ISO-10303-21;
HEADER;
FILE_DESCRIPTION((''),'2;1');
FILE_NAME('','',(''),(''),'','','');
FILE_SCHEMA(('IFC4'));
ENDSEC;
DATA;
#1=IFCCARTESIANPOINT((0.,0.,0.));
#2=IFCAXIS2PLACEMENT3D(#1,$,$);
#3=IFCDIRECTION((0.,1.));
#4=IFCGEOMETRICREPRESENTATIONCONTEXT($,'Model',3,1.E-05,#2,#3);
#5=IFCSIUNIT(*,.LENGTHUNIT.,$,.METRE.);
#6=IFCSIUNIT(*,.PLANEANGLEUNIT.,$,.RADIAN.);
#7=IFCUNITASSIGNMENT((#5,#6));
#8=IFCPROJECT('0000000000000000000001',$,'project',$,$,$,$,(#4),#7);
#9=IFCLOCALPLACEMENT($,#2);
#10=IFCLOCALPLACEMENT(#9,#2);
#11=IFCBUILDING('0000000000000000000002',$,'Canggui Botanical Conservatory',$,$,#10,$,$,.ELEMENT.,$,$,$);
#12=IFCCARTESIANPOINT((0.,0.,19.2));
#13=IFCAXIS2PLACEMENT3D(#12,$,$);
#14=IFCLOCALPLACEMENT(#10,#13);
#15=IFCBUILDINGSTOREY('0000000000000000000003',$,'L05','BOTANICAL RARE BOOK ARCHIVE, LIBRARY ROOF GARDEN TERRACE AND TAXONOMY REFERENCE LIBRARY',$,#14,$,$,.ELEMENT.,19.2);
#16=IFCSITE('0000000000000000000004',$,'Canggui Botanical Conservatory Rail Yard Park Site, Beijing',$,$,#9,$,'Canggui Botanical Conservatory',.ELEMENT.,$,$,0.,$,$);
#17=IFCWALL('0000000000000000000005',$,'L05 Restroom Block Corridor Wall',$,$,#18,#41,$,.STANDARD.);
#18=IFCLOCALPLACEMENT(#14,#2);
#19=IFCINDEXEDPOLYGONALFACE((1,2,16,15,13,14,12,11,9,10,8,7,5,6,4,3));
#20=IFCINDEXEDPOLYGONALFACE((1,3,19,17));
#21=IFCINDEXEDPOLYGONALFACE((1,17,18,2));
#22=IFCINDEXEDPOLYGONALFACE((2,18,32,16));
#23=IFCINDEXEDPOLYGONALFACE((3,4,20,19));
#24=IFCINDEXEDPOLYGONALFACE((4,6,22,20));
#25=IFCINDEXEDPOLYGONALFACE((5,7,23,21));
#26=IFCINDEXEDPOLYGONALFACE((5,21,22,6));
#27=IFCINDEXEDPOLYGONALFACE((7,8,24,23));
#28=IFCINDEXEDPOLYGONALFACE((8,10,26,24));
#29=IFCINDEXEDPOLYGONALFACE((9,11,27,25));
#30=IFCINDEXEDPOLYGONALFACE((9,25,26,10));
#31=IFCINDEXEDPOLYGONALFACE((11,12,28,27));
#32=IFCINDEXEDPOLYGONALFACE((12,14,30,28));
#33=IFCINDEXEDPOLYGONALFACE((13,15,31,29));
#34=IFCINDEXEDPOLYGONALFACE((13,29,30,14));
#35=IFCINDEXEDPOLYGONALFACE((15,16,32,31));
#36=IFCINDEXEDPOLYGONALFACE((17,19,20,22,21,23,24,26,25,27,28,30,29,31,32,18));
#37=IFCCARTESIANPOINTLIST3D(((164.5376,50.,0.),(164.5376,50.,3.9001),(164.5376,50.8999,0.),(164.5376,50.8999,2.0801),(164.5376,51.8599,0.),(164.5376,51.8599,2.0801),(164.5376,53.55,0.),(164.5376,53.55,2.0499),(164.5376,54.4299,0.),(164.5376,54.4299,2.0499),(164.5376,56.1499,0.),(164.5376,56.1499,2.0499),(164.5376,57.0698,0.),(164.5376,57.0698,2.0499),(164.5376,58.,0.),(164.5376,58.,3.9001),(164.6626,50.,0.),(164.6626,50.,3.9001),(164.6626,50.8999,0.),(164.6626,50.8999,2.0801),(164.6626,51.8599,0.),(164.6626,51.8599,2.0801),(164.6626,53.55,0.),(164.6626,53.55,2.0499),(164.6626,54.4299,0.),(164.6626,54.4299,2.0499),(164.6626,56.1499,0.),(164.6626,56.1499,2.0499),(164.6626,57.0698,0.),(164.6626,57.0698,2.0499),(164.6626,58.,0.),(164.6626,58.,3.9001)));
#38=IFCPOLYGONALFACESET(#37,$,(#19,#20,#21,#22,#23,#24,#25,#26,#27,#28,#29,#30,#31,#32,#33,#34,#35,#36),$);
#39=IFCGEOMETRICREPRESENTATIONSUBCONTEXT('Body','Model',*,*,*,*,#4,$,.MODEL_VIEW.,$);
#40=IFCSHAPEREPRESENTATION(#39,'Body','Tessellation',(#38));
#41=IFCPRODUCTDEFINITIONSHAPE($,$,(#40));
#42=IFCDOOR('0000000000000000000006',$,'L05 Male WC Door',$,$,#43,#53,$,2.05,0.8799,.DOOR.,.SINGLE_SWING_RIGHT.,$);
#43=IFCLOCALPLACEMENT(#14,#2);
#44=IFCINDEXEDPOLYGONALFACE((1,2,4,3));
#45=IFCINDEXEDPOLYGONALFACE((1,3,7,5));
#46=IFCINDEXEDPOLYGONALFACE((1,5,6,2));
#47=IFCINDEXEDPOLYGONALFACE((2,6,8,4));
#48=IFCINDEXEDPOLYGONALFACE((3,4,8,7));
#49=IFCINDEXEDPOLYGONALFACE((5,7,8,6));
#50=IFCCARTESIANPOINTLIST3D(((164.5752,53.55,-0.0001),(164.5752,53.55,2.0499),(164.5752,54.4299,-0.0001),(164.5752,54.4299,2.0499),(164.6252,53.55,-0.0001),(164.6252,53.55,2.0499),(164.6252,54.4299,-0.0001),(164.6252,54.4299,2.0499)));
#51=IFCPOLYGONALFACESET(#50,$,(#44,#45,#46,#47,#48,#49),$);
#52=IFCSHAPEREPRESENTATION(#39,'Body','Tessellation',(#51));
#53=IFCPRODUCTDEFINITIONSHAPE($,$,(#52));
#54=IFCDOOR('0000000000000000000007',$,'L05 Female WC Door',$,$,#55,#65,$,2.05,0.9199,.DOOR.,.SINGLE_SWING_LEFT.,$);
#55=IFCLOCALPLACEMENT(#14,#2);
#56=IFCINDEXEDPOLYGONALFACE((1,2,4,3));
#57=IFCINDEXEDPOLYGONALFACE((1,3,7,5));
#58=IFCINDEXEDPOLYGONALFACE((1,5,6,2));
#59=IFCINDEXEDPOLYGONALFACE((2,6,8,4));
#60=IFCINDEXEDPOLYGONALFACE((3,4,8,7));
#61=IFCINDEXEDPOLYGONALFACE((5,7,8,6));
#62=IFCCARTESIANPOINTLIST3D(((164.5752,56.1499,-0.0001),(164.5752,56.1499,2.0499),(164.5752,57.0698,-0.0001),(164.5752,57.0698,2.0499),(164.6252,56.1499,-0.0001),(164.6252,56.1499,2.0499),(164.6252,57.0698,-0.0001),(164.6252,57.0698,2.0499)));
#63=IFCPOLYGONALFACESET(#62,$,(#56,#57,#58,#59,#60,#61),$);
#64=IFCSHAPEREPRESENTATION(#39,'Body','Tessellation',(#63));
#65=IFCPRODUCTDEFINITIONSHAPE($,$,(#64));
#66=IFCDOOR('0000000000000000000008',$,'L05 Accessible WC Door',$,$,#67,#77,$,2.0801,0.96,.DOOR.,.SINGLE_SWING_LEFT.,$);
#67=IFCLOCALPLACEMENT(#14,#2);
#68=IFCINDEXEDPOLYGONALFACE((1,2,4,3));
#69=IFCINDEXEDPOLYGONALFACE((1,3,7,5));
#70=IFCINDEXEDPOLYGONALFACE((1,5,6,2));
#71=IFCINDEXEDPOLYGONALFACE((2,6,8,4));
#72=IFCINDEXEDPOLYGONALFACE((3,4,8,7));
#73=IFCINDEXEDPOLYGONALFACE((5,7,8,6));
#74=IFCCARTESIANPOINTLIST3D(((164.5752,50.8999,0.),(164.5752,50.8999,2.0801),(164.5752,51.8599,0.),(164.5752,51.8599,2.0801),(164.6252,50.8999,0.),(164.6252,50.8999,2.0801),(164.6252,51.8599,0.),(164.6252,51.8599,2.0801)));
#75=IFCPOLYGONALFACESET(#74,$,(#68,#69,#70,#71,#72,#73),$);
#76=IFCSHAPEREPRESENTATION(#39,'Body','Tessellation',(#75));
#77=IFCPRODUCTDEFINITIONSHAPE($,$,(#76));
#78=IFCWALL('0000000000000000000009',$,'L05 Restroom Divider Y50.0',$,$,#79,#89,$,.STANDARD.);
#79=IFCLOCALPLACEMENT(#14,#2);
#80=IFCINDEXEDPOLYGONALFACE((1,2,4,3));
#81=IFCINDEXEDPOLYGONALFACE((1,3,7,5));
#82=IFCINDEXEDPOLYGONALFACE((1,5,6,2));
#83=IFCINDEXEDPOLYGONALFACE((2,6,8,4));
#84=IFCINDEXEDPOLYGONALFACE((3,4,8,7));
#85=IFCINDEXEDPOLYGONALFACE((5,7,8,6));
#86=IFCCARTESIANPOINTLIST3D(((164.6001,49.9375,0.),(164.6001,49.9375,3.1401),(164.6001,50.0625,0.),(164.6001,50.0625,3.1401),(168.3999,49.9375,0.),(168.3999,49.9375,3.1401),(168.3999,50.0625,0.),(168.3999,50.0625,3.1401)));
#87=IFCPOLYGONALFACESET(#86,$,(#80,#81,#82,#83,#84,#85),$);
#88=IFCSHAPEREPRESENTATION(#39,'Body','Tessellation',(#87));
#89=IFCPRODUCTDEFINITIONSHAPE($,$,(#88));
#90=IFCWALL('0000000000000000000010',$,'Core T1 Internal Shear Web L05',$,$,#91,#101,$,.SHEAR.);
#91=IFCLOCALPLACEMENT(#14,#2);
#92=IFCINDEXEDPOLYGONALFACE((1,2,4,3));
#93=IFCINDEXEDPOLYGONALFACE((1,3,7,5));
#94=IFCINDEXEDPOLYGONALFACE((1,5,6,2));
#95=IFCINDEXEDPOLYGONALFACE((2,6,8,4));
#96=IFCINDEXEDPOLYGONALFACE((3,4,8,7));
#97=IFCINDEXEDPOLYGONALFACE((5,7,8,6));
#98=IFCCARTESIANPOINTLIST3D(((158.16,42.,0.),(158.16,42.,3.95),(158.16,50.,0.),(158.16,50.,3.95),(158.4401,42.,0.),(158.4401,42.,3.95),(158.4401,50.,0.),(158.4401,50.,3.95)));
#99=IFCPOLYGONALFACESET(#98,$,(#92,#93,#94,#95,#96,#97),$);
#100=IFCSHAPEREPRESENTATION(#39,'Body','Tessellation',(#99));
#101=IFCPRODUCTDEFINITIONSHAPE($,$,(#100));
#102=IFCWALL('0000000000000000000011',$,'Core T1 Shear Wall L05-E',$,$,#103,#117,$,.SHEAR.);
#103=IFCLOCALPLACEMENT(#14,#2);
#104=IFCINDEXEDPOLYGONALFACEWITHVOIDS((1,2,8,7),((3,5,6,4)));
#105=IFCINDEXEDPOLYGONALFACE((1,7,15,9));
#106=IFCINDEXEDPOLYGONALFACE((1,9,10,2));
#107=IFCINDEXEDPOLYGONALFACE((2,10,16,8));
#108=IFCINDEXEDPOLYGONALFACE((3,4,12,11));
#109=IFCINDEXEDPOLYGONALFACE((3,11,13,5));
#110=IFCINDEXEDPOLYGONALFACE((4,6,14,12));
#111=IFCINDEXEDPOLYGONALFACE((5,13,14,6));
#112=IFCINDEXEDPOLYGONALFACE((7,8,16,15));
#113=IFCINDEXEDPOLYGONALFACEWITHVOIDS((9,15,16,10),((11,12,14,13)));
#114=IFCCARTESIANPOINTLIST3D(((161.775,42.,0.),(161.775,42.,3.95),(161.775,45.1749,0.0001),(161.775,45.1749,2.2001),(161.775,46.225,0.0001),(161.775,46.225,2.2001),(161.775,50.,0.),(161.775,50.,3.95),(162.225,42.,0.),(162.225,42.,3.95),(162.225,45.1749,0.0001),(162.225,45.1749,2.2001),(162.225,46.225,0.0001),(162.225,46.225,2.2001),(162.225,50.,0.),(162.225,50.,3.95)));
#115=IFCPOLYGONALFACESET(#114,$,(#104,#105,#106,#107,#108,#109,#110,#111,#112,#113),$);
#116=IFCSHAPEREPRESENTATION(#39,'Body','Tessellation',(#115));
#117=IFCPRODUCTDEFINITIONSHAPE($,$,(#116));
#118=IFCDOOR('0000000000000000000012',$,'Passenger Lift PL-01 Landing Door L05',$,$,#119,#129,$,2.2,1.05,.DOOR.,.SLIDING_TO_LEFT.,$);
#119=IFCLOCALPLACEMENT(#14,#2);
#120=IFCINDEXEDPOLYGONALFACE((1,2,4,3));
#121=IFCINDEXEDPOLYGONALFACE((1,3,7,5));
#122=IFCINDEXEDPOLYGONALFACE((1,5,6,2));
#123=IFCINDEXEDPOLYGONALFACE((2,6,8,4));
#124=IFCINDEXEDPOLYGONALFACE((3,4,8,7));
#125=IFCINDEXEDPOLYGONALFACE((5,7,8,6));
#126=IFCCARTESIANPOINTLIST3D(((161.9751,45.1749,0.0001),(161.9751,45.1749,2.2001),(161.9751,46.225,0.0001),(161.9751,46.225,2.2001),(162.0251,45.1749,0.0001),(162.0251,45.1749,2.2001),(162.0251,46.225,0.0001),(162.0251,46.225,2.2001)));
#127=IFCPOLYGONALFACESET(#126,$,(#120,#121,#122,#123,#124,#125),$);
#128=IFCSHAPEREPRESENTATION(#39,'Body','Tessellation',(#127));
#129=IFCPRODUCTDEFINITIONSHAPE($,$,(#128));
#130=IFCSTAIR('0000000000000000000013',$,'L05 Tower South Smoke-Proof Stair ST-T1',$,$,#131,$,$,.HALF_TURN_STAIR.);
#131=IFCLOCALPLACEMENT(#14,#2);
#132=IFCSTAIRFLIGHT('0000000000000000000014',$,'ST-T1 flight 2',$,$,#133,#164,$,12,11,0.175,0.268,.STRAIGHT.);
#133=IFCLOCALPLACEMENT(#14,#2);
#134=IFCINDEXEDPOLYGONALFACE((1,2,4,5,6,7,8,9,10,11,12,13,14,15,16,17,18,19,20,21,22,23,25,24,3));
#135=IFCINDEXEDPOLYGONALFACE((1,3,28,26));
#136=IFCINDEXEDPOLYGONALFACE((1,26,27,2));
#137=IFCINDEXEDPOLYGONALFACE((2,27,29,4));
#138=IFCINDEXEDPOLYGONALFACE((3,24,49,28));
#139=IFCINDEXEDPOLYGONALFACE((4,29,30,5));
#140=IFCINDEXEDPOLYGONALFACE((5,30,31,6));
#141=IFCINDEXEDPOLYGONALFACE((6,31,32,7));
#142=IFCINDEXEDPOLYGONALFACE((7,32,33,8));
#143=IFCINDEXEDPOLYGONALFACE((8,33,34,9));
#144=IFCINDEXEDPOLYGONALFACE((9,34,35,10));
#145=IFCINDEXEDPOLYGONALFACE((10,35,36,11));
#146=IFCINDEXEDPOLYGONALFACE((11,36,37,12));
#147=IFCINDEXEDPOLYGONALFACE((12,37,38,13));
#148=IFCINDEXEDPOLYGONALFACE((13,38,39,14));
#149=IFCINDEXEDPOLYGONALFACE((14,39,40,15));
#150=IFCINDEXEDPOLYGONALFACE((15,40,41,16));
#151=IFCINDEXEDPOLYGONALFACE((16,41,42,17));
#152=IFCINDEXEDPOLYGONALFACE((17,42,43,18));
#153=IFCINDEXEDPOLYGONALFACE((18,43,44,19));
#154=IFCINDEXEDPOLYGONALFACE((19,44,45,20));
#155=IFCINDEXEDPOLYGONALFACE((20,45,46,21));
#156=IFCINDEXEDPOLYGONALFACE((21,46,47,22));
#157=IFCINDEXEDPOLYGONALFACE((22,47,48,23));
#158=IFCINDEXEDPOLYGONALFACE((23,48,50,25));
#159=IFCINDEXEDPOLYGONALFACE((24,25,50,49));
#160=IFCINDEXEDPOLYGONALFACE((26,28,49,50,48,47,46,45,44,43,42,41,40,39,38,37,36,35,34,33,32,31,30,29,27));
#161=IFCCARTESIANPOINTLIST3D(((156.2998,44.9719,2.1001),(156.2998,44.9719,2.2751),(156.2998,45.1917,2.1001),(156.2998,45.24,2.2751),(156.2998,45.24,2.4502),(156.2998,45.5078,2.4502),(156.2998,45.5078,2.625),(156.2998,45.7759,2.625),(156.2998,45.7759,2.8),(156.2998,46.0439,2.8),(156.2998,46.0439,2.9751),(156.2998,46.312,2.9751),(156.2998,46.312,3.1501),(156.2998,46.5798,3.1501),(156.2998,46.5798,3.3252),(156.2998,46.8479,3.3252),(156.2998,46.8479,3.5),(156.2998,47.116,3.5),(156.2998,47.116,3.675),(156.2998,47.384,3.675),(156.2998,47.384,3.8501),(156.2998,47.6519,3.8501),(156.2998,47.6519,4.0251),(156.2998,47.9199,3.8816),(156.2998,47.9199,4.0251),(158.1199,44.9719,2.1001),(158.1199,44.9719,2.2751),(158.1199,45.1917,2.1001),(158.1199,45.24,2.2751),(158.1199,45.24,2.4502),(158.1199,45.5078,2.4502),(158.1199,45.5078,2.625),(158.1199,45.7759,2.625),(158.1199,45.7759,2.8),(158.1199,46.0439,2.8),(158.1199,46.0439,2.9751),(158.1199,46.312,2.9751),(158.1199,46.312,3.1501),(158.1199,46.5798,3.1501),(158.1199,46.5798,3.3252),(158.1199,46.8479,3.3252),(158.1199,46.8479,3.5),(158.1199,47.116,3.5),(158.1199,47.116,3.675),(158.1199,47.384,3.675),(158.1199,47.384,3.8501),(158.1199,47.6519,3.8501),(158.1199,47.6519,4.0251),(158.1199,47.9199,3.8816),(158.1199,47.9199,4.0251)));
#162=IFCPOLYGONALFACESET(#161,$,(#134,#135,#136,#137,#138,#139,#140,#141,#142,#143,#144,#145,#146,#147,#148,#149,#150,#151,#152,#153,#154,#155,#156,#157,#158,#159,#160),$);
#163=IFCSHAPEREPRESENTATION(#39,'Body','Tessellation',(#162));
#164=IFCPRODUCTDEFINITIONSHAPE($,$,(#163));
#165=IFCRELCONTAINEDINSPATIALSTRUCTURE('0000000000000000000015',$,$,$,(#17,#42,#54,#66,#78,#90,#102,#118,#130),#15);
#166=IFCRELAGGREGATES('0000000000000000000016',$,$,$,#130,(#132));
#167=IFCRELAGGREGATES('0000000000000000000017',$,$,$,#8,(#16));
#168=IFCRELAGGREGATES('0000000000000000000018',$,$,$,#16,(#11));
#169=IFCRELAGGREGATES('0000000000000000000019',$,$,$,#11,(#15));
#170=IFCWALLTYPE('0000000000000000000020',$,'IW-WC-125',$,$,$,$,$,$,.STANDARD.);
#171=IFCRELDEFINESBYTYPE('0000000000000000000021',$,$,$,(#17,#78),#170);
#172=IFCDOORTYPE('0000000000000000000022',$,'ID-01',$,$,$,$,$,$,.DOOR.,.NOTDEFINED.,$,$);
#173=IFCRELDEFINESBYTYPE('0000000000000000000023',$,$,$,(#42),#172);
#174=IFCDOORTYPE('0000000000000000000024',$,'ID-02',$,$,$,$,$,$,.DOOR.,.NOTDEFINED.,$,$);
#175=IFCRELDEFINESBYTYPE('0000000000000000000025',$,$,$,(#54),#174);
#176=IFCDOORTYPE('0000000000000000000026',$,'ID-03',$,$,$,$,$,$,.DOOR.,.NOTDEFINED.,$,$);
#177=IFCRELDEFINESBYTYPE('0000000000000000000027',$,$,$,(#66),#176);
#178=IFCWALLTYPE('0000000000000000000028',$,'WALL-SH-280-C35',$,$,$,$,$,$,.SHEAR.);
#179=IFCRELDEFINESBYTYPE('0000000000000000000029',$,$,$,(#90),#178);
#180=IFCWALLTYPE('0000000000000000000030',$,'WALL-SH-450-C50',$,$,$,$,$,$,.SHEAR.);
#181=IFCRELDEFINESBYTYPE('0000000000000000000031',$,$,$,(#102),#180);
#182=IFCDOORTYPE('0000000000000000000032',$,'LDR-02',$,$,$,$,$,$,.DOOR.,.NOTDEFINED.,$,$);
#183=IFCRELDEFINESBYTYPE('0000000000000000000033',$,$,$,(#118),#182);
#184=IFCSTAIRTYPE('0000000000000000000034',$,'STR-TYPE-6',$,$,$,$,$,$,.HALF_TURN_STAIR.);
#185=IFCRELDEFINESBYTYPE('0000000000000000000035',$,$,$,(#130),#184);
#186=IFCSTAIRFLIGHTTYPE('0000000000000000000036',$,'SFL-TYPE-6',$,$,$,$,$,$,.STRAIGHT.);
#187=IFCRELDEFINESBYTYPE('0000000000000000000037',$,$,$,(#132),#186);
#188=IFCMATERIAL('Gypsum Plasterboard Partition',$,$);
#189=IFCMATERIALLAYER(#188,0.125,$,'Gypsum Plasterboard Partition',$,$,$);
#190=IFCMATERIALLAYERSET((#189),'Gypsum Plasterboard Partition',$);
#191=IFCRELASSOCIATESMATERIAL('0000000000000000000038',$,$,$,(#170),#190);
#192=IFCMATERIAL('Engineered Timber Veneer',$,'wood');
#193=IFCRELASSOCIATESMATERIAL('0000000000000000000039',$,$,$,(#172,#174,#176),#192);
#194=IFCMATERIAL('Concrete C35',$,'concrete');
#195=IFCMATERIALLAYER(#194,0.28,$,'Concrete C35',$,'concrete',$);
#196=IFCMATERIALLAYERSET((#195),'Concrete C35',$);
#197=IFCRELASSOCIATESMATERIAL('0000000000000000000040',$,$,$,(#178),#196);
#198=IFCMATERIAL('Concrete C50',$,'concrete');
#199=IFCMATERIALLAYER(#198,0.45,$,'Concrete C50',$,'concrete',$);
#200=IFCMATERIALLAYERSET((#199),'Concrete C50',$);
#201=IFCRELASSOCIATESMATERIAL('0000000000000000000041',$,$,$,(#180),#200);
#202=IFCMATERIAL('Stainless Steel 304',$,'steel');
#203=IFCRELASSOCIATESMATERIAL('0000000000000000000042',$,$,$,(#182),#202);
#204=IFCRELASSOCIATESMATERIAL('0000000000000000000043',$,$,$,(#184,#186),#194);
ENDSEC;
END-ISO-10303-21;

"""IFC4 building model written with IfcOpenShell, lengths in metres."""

from ifc_helpers import new_model, si_unit, direction, frame, frame_2d, origin, place, context, subcontext, project, spatial, polyline, rectangle, outline, extrude, material, layer, layer_set, type_object, element, fill, aggregate, save


model = new_model("IFC4")

# Units and contexts
model_context = context("Model", 3, precision=1e-05, world=origin(), true_north=direction((0.0, 1.0)))
body_context = subcontext(model_context, "Body", "Model", "MODEL_VIEW")
ifc_project = project(units=[si_unit("LENGTHUNIT", "METRE"), si_unit("PLANEANGLEUNIT", "RADIAN")], contexts=[model_context])

# Site, building, storey
site_placement = place(None, origin())
site = spatial("IfcSite", under=ifc_project, at=site_placement, Name="Canggui Botanical Conservatory Rail Yard Park Site, Beijing", LongName="Canggui Botanical Conservatory", CompositionType="ELEMENT", RefElevation=0.0)
building_placement = place(site_placement, origin())
building = spatial("IfcBuilding", under=site, at=building_placement, Name="Canggui Botanical Conservatory", CompositionType="ELEMENT")
storey_placement = place(building_placement, frame((0.0, 0.0, 19.2)))
storey = spatial("IfcBuildingStorey", under=building, at=storey_placement, Name="L05", Description="BOTANICAL RARE BOOK ARCHIVE, LIBRARY ROOF GARDEN TERRACE AND TAXONOMY REFERENCE LIBRARY", CompositionType="ELEMENT", Elevation=19.2)

# Shared definitions
ifc_material_1 = material(Name="Concrete C35", Category="concrete")

# Shared definitions
ifc_material_2 = material(Name="Gypsum Plasterboard Partition")

# Wall, openings, doors
ifc_layer_1 = layer(ifc_material_2, 0.125, Name="Gypsum Plasterboard Partition")
ifc_layer_set_1 = layer_set([ifc_layer_1], Name="Gypsum Plasterboard Partition")
wall_type_1 = type_object("IfcWallType", Name="IW-WC-125", PredefinedType="STANDARD", material=ifc_layer_set_1)
wall_1_placement = place(storey_placement, frame((164.6001, 50.0, 0.0), z_axis=(0.0, 0.0, 1.0), x_axis=(0.0, 1.0, 0.0)))
wall_1 = element("IfcWall", 1, at=wall_1_placement, inside=storey, type_object=wall_type_1, Name="L05 Restroom Block Corridor Wall", PredefinedType="STANDARD", context=body_context, shape_type="SweptSolid", body=[
    extrude(rectangle(XDim=8.0, YDim=0.125, at=frame_2d((4.0, 0.0))), origin(), (0.0, 0.0, 1.0), 3.9001),
])
opening_1_placement = place(wall_1_placement, frame((0.8999, 0.0, 0.0)))
opening_1 = element("IfcOpeningElement", 2, at=opening_1_placement, cuts=wall_1, PredefinedType="OPENING", context=body_context, shape_type="SweptSolid", body=[
    extrude(rectangle(XDim=0.96, YDim=2.0801, at=frame_2d((0.48, 1.04))), frame((0.0, 0.0725, 0.0), z_axis=(0.0, -1.0, 0.0), x_axis=(1.0, 0.0, 0.0)), (0.0, 0.0, 1.0), 0.145),
])
opening_2_placement = place(wall_1_placement, frame((3.55, 0.0, 0.0)))
opening_2 = element("IfcOpeningElement", 3, at=opening_2_placement, cuts=wall_1, PredefinedType="OPENING", context=body_context, shape_type="SweptSolid", body=[
    extrude(rectangle(XDim=0.8799, YDim=2.05, at=frame_2d((0.4399, 1.0249))), frame((0.0, 0.0725, 0.0), z_axis=(0.0, -1.0, 0.0), x_axis=(1.0, 0.0, 0.0)), (0.0, 0.0, 1.0), 0.145),
])
opening_3_placement = place(wall_1_placement, frame((6.1499, 0.0, 0.0)))
opening_3 = element("IfcOpeningElement", 4, at=opening_3_placement, cuts=wall_1, PredefinedType="OPENING", context=body_context, shape_type="SweptSolid", body=[
    extrude(rectangle(XDim=0.9199, YDim=2.05, at=frame_2d((0.46, 1.0249))), frame((0.0, 0.0725, 0.0), z_axis=(0.0, -1.0, 0.0), x_axis=(1.0, 0.0, 0.0)), (0.0, 0.0, 1.0), 0.145),
])
ifc_material_3 = material(Name="Engineered Timber Veneer", Category="wood")
door_type_1 = type_object("IfcDoorType", Name="ID-01", OperationType="NOTDEFINED", PredefinedType="DOOR", material=ifc_material_3)
door_1_placement = place(opening_2_placement, origin())
door_1 = element("IfcDoor", 5, at=door_1_placement, inside=storey, type_object=door_type_1, Name="L05 Male WC Door", OperationType="SINGLE_SWING_RIGHT", OverallHeight=2.05, OverallWidth=0.8799, PredefinedType="DOOR", context=body_context, shape_type="SweptSolid", body=[
    extrude(rectangle(XDim=0.8799, YDim=2.05, at=frame_2d((0.4399, 1.0249))), frame((0.0, 0.0249, 0.0), z_axis=(0.0, -1.0, 0.0), x_axis=(1.0, 0.0, 0.0)), (0.0, 0.0, 1.0), 0.05),
])
fill(opening_2, door_1)
door_type_2 = type_object("IfcDoorType", Name="ID-02", OperationType="NOTDEFINED", PredefinedType="DOOR", material=ifc_material_3)
door_2_placement = place(opening_3_placement, origin())
door_2 = element("IfcDoor", 6, at=door_2_placement, inside=storey, type_object=door_type_2, Name="L05 Female WC Door", OperationType="SINGLE_SWING_LEFT", OverallHeight=2.05, OverallWidth=0.9199, PredefinedType="DOOR", context=body_context, shape_type="SweptSolid", body=[
    extrude(rectangle(XDim=0.9199, YDim=2.05, at=frame_2d((0.46, 1.0249))), frame((0.0, 0.0249, 0.0), z_axis=(0.0, -1.0, 0.0), x_axis=(1.0, 0.0, 0.0)), (0.0, 0.0, 1.0), 0.05),
])
fill(opening_3, door_2)
door_type_3 = type_object("IfcDoorType", Name="ID-03", OperationType="NOTDEFINED", PredefinedType="DOOR", material=ifc_material_3)
door_3_placement = place(opening_1_placement, origin())
door_3 = element("IfcDoor", 7, at=door_3_placement, inside=storey, type_object=door_type_3, Name="L05 Accessible WC Door", OperationType="SINGLE_SWING_LEFT", OverallHeight=2.0801, OverallWidth=0.96, PredefinedType="DOOR", context=body_context, shape_type="SweptSolid", body=[
    extrude(rectangle(XDim=0.96, YDim=2.0801, at=frame_2d((0.48, 1.04))), frame((0.0, 0.0249, 0.0), z_axis=(0.0, -1.0, 0.0), x_axis=(1.0, 0.0, 0.0)), (0.0, 0.0, 1.0), 0.05),
])
fill(opening_1, door_3)

# Walls
wall_2_placement = place(storey_placement, frame((164.6001, 50.0, 0.0), z_axis=(0.0, 0.0, 1.0), x_axis=(1.0, 0.0, 0.0)))
element("IfcWall", 8, at=wall_2_placement, inside=storey, type_object=wall_type_1, Name="L05 Restroom Divider Y50.0", PredefinedType="STANDARD", context=body_context, shape_type="SweptSolid", body=[
    extrude(rectangle(XDim=3.7998, YDim=0.125, at=frame_2d((1.8999, 0.0))), origin(), (0.0, 0.0, 1.0), 3.1401),
])
ifc_layer_2 = layer(ifc_material_1, 0.28, Name="Concrete C35", Category="concrete")
ifc_layer_set_2 = layer_set([ifc_layer_2], Name="Concrete C35")
wall_type_2 = type_object("IfcWallType", Name="WALL-SH-280-C35", PredefinedType="SHEAR", material=ifc_layer_set_2)
wall_3_placement = place(storey_placement, frame((158.3, 42.0, 0.0), z_axis=(0.0, 0.0, 1.0), x_axis=(0.0, 1.0, 0.0)))
element("IfcWall", 9, at=wall_3_placement, inside=storey, type_object=wall_type_2, Name="Core T1 Internal Shear Web L05", PredefinedType="SHEAR", context=body_context, shape_type="SweptSolid", body=[
    extrude(rectangle(XDim=8.0, YDim=0.28, at=frame_2d((4.0, 0.0))), origin(), (0.0, 0.0, 1.0), 3.95),
])

# Wall, opening, door
ifc_material_4 = material(Name="Concrete C50", Category="concrete")
ifc_layer_3 = layer(ifc_material_4, 0.45, Name="Concrete C50", Category="concrete")
ifc_layer_set_3 = layer_set([ifc_layer_3], Name="Concrete C50")
wall_type_3 = type_object("IfcWallType", Name="WALL-SH-450-C50", PredefinedType="SHEAR", material=ifc_layer_set_3)
wall_4_placement = place(storey_placement, frame((162.0, 42.0, 0.0), z_axis=(0.0, 0.0, 1.0), x_axis=(0.0, 1.0, 0.0)))
wall_4 = element("IfcWall", 10, at=wall_4_placement, inside=storey, type_object=wall_type_3, Name="Core T1 Shear Wall L05-E", PredefinedType="SHEAR", context=body_context, shape_type="SweptSolid", body=[
    extrude(rectangle(XDim=8.0, YDim=0.45, at=frame_2d((4.0, 0.0))), origin(), (0.0, 0.0, 1.0), 3.95),
])
opening_4_placement = place(wall_4_placement, frame((3.175, 0.0, 0.0)))
opening_4 = element("IfcOpeningElement", 11, at=opening_4_placement, cuts=wall_4, PredefinedType="OPENING", context=body_context, shape_type="SweptSolid", body=[
    extrude(rectangle(XDim=1.05, YDim=2.2, at=frame_2d((0.5249, 1.1001))), frame((0.0, 0.2349, 0.0), z_axis=(0.0, -1.0, 0.0), x_axis=(1.0, 0.0, 0.0)), (0.0, 0.0, 1.0), 0.47),
])
ifc_material_5 = material(Name="Stainless Steel 304", Category="steel")
door_type_4 = type_object("IfcDoorType", Name="LDR-02", OperationType="NOTDEFINED", PredefinedType="DOOR", material=ifc_material_5)
door_4_placement = place(opening_4_placement, origin())
door_4 = element("IfcDoor", 12, at=door_4_placement, inside=storey, type_object=door_type_4, Name="Passenger Lift PL-01 Landing Door L05", OperationType="SLIDING_TO_LEFT", OverallHeight=2.2, OverallWidth=1.05, PredefinedType="DOOR", context=body_context, shape_type="SweptSolid", body=[
    extrude(rectangle(XDim=1.05, YDim=2.2, at=frame_2d((0.5249, 1.1001))), frame((0.0, 0.0249, 0.0), z_axis=(0.0, -1.0, 0.0), x_axis=(1.0, 0.0, 0.0)), (0.0, 0.0, 1.0), 0.05),
])
fill(opening_4, door_4)

# Stair, stair flight
stair_type = type_object("IfcStairType", Name="STR-TYPE-6", PredefinedType="HALF_TURN_STAIR", material=ifc_material_1)
stair_placement = place(storey_placement, origin())
stair = element("IfcStair", 13, at=stair_placement, inside=storey, type_object=stair_type, Name="L05 Tower South Smoke-Proof Stair ST-T1", PredefinedType="HALF_TURN_STAIR")
stair_flight_type = type_object("IfcStairFlightType", Name="SFL-TYPE-6", PredefinedType="STRAIGHT", material=ifc_material_1)
stair_flight_placement = place(storey_placement, frame((157.21, 44.9719, 2.1001), z_axis=(0.0, 0.0, 1.0), x_axis=(0.0, 1.0, 0.0)))
stair_flight = element("IfcStairFlight", 14, at=stair_flight_placement, type_object=stair_flight_type, Name="ST-T1 flight 2", NumberOfRisers=12, NumberOfTreads=11, PredefinedType="STRAIGHT", RiserHeight=0.175, TreadLength=0.268, context=body_context, shape_type="SweptSolid", body=[
    extrude(outline(polyline([(0.0, 0.0), (0.0, 0.175), (0.2681, 0.175), (0.2681, 0.3501), (0.5359, 0.3501), (0.5359, 0.5249), (0.804, 0.5249), (0.804, 0.7), (1.072, 0.7), (1.072, 0.875), (1.3401, 0.875), (1.3401, 1.05), (1.6079, 1.05), (1.6079, 1.2251), (1.876, 1.2251), (1.876, 1.3999), (2.144, 1.3999), (2.144, 1.575), (2.4121, 1.575), (2.4121, 1.75), (2.6799, 1.75), (2.6799, 1.925), (2.948, 1.925), (2.948, 2.1001), (2.948, 1.7815), (0.2197, 0.0), (0.0, 0.0)])), frame((0.0, 0.9102, 0.0), z_axis=(0.0, -1.0, 0.0), x_axis=(1.0, 0.0, 0.0)), (0.0, 0.0, 1.0), 1.8201),
])
aggregate(stair, [stair_flight])

save(model, "model.ifc")
